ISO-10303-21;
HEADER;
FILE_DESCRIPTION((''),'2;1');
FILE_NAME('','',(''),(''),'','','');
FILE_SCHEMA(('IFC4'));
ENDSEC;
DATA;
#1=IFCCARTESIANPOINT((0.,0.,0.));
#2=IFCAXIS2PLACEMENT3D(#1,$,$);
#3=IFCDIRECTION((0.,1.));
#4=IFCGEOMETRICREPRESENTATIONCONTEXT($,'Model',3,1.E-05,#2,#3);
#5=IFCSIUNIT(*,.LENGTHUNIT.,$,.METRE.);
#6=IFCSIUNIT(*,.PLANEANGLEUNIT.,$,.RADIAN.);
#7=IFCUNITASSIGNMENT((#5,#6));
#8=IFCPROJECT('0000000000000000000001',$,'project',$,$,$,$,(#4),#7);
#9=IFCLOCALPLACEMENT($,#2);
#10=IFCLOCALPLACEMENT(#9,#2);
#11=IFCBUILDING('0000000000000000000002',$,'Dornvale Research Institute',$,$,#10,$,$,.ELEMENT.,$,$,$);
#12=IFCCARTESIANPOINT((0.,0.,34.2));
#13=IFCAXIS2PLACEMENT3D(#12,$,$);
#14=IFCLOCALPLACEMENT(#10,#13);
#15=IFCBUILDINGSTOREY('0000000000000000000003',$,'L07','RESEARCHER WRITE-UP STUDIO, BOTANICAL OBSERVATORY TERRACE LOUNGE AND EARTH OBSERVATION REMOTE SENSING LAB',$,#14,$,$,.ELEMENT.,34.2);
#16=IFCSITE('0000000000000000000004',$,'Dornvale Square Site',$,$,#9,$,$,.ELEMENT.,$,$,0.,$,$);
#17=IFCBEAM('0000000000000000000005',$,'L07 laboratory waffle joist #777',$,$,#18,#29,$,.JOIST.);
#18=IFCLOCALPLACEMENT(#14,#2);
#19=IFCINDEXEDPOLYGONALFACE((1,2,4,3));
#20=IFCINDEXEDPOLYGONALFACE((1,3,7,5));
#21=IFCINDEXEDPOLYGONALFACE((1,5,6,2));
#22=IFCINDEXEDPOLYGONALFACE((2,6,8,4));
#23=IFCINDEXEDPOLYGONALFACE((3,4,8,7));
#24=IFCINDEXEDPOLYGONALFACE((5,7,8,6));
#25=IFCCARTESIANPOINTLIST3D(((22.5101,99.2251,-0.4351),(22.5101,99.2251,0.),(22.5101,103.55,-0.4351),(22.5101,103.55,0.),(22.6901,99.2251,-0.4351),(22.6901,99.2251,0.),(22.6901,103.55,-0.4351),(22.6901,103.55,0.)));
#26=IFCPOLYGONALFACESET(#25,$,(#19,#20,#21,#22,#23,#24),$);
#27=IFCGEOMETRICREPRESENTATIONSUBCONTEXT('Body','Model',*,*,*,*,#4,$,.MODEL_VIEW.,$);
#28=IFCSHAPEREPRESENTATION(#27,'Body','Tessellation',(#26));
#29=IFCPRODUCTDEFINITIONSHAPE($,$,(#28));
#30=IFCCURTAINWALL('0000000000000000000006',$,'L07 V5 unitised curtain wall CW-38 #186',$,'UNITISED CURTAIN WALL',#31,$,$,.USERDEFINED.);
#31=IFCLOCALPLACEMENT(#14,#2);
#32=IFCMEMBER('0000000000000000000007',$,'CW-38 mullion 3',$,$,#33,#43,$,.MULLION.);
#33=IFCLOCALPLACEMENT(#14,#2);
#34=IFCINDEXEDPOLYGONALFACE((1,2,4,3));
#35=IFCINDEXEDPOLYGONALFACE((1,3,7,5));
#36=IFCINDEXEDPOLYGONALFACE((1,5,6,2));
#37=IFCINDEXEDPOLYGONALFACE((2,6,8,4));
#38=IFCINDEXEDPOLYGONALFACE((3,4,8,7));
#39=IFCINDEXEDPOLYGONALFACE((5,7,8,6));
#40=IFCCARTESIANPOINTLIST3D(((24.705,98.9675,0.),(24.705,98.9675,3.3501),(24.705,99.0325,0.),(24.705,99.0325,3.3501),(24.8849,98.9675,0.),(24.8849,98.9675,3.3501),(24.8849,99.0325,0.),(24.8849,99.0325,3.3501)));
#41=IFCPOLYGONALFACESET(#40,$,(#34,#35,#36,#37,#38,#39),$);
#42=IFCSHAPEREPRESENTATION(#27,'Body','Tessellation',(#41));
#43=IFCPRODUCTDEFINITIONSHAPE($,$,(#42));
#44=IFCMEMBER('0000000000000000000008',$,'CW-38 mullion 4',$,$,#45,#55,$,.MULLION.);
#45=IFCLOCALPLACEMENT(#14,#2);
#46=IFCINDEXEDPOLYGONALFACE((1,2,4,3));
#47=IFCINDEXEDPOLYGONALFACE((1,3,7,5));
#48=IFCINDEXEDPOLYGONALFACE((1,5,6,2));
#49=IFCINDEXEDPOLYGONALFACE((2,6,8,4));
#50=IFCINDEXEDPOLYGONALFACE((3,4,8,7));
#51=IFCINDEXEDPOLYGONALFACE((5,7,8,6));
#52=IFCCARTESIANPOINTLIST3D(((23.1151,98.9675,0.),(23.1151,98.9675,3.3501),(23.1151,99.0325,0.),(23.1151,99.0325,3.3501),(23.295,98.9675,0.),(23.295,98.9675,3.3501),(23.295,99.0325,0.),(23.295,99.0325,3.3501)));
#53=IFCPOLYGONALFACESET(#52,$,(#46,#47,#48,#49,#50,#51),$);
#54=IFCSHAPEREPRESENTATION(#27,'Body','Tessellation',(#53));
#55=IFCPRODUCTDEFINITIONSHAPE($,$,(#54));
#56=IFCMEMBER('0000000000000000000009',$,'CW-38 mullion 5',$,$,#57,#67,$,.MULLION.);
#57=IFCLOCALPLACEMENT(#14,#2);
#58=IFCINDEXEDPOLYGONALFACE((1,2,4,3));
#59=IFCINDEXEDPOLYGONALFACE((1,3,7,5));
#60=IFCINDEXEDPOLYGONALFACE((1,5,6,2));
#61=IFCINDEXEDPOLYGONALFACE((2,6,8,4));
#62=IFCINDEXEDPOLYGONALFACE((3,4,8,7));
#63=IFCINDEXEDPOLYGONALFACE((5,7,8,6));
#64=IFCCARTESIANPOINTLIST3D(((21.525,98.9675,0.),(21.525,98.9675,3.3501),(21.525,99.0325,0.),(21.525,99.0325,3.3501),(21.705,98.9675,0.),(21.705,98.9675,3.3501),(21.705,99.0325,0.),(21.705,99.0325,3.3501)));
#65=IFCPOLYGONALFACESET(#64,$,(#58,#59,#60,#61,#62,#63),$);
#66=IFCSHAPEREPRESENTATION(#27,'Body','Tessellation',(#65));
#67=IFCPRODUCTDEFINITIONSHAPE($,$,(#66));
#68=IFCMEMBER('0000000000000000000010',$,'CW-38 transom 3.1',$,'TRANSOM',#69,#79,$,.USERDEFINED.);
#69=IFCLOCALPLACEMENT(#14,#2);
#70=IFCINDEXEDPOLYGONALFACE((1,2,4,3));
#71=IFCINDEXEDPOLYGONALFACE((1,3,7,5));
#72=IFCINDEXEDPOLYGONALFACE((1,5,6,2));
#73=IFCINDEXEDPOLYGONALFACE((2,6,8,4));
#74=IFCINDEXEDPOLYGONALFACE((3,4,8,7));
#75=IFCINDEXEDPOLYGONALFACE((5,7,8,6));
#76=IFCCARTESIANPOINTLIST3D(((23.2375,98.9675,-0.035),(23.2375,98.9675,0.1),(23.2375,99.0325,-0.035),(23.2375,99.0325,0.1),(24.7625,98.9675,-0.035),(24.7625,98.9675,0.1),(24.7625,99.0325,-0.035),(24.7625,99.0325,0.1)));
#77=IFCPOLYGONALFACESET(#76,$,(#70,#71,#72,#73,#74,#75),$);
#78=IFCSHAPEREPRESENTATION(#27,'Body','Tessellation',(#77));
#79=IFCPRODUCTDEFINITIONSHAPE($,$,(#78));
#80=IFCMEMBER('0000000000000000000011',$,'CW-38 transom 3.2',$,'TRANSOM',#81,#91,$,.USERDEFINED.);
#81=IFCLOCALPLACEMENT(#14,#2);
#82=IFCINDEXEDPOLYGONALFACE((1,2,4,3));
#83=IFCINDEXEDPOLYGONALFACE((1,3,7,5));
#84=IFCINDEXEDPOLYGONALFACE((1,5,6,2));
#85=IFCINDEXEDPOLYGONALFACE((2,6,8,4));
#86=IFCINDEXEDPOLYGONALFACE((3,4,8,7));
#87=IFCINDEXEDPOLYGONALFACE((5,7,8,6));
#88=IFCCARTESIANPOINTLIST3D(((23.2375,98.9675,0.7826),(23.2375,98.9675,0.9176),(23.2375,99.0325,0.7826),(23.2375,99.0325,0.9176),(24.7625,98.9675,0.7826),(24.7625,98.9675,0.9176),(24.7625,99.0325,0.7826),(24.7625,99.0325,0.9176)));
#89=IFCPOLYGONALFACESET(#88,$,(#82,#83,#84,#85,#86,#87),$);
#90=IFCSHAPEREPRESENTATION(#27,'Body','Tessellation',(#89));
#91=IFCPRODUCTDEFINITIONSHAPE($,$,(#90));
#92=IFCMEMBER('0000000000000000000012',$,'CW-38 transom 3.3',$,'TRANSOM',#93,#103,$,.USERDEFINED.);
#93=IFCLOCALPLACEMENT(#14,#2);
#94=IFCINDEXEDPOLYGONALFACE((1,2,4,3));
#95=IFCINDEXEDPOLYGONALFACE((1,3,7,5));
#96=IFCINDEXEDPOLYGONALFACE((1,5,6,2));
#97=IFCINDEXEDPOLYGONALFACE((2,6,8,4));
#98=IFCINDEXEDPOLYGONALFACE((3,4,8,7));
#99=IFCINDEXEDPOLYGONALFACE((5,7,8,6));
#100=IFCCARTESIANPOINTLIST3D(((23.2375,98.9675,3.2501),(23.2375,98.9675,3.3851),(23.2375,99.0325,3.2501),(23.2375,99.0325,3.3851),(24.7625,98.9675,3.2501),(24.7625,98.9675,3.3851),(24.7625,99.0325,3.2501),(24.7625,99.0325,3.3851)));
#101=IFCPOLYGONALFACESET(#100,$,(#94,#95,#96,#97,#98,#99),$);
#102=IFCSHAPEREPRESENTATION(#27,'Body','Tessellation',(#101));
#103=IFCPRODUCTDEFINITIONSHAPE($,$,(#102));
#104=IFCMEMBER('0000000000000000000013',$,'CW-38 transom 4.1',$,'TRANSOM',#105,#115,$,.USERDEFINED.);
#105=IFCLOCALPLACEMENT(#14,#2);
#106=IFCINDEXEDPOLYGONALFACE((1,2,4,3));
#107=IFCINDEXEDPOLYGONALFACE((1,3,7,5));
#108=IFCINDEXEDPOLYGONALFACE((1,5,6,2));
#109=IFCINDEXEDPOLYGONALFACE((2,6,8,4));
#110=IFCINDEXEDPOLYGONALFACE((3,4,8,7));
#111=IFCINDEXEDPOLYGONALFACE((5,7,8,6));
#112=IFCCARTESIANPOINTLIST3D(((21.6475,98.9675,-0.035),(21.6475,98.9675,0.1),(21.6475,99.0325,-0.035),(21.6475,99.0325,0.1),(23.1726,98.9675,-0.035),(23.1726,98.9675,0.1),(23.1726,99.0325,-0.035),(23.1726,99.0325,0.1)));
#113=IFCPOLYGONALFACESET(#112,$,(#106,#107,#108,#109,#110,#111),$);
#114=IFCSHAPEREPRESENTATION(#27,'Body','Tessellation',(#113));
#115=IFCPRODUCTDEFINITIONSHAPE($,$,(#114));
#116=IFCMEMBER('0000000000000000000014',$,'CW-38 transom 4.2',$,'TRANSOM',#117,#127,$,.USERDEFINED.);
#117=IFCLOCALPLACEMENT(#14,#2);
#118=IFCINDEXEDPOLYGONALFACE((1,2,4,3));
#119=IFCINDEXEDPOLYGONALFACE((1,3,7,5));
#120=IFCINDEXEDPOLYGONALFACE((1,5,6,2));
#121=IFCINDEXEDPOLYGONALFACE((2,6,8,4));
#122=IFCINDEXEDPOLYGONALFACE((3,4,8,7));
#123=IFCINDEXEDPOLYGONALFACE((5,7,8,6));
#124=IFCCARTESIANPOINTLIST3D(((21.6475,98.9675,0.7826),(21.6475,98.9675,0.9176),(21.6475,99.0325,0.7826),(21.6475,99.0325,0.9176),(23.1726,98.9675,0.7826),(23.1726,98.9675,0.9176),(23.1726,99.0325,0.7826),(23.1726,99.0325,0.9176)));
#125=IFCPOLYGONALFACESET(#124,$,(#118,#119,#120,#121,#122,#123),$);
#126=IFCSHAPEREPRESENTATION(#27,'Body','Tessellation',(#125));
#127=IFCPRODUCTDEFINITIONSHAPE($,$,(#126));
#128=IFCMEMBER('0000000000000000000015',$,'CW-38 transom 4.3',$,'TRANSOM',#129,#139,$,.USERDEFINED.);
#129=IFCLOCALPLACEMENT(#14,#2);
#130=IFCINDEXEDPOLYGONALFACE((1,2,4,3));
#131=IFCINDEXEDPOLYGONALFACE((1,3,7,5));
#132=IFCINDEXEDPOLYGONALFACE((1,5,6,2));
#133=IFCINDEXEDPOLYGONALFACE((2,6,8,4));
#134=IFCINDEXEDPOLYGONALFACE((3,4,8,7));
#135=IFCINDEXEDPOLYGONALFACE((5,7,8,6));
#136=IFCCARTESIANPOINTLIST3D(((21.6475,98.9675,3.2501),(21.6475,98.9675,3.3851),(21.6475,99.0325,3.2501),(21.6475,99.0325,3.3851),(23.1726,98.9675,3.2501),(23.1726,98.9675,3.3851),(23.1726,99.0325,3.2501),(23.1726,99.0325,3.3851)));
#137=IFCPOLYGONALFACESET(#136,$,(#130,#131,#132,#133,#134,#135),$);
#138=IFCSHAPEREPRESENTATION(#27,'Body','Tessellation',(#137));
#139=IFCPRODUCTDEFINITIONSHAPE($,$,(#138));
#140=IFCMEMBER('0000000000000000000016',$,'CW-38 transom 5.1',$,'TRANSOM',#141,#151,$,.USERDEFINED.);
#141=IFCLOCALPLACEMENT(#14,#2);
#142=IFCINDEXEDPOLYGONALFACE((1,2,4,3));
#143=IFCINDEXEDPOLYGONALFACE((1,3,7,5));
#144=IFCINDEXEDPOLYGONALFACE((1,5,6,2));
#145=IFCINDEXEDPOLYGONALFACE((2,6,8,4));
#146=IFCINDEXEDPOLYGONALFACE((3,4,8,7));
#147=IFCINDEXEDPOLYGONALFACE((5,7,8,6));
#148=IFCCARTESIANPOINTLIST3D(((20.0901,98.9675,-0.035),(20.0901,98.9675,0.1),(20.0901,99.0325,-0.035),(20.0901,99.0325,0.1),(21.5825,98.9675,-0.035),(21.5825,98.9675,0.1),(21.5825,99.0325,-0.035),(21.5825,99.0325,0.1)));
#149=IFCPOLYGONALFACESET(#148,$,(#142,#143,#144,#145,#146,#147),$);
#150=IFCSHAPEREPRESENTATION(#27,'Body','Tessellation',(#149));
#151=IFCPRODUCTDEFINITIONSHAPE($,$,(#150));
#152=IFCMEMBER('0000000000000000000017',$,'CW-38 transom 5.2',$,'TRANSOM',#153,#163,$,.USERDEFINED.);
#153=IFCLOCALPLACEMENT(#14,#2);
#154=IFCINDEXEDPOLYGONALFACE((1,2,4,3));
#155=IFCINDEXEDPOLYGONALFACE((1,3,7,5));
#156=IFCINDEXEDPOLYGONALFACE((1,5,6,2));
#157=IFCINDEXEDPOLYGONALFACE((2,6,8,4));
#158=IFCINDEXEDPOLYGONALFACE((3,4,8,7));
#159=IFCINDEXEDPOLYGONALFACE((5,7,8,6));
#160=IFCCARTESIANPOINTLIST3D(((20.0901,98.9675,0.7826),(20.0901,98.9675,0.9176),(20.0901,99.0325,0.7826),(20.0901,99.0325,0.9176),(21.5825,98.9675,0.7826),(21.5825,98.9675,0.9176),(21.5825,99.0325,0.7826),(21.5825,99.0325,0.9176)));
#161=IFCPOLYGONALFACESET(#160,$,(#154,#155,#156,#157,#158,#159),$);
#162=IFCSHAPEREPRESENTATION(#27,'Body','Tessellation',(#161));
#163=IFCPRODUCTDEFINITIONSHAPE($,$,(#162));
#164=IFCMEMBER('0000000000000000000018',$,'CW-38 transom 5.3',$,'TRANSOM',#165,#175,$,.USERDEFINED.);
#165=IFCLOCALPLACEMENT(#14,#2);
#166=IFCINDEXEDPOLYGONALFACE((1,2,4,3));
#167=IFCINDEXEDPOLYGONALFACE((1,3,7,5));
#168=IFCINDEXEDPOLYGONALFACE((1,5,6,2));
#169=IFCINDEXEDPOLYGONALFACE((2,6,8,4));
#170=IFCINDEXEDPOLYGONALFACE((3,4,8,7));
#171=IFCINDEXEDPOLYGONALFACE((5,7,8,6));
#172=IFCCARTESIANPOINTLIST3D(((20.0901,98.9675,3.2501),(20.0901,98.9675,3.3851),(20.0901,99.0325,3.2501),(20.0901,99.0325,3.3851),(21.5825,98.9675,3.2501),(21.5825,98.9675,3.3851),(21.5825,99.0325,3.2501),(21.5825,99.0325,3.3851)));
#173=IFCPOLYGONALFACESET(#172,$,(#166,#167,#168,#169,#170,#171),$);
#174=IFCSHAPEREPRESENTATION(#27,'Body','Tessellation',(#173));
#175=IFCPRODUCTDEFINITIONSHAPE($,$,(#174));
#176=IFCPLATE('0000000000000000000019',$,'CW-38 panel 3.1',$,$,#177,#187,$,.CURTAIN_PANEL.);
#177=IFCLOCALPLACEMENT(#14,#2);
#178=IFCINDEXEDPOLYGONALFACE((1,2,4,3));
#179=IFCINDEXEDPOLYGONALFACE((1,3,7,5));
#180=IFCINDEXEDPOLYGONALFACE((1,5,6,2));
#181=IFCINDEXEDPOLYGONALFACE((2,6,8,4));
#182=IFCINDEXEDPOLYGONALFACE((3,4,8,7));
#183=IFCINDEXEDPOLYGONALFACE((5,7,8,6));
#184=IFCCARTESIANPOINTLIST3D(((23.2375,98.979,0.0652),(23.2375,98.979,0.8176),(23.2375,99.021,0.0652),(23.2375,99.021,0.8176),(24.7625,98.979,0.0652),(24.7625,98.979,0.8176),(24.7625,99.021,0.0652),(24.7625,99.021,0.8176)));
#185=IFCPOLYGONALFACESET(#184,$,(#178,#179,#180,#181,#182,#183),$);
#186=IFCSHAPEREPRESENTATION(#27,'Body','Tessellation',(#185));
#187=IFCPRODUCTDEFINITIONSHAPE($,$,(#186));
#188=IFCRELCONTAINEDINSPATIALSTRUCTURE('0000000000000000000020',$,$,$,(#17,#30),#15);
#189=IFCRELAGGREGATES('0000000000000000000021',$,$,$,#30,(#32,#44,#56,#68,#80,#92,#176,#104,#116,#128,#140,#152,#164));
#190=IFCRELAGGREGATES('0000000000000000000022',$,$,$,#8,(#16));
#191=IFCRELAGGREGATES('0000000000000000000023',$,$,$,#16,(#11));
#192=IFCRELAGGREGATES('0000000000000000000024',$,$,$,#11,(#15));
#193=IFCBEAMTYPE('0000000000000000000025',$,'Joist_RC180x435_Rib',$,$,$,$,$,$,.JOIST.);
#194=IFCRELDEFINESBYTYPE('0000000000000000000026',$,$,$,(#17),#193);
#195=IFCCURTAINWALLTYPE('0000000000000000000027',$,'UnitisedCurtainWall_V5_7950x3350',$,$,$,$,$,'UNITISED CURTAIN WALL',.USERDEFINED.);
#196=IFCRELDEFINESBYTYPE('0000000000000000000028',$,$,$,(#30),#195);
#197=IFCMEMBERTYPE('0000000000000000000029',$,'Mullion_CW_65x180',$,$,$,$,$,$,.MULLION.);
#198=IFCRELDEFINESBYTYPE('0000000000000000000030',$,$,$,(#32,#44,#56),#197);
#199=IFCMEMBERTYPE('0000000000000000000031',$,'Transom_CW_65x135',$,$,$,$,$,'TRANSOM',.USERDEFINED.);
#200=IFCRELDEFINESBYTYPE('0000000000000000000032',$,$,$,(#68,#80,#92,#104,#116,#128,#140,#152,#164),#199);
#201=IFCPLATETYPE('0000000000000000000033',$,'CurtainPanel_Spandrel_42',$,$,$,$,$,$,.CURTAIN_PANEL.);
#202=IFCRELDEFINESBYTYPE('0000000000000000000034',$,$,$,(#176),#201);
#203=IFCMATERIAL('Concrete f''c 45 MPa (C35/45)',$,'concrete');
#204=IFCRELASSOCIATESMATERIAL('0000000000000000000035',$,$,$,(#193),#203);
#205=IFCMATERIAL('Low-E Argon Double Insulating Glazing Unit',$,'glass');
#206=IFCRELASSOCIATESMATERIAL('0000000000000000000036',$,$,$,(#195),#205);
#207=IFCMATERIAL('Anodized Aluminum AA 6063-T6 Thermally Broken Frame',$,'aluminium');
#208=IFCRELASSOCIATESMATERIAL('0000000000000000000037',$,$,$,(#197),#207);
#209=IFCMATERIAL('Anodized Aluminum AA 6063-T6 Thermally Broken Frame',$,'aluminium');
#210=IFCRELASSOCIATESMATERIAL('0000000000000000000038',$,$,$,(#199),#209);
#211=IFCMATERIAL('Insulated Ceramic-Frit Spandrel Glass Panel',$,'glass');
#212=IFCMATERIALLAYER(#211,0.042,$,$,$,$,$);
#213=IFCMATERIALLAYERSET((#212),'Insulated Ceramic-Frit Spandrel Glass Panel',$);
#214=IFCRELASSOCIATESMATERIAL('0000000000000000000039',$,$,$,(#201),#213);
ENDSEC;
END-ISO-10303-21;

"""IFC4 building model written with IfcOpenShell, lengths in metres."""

from ifc_helpers import new_model, si_unit, direction, frame, origin, origin_2d, place, context, subcontext, project, spatial, rectangle, extrude, material, layer, layer_set, material_profile, profile_set, type_object, element, aggregate, save


model = new_model("IFC4")

# Units and contexts
model_context = context("Model", 3, precision=1e-05, world=origin(), true_north=direction((0.0, 1.0)))
body_context = subcontext(model_context, "Body", "Model", "MODEL_VIEW")
ifc_project = project(units=[si_unit("LENGTHUNIT", "METRE"), si_unit("PLANEANGLEUNIT", "RADIAN")], contexts=[model_context])

# Site, building, storey
site_placement = place(None, origin())
site = spatial("IfcSite", under=ifc_project, at=site_placement, Name="Dornvale Square Site", CompositionType="ELEMENT", RefElevation=0.0)
building_placement = place(site_placement, origin())
building = spatial("IfcBuilding", under=site, at=building_placement, Name="Dornvale Research Institute", CompositionType="ELEMENT")
storey_placement = place(building_placement, frame((0.0, 0.0, 34.2)))
storey = spatial("IfcBuildingStorey", under=building, at=storey_placement, Name="L07", Description="RESEARCHER WRITE-UP STUDIO, BOTANICAL OBSERVATORY TERRACE LOUNGE AND EARTH OBSERVATION REMOTE SENSING LAB", CompositionType="ELEMENT", Elevation=34.2)

# Beam
ifc_material_1 = material(Name="Concrete f'c 45 MPa (C35/45)", Category="concrete")
ifc_material_profile_1 = material_profile(ifc_material_1, rectangle(XDim=0.1799, YDim=0.4351, at=origin_2d()), Name="RC 180x435")
ifc_profile_set_1 = profile_set([ifc_material_profile_1], Name="Concrete f'c 45 MPa (C35/45)")
beam_type = type_object("IfcBeamType", Name="Joist_RC180x435_Rib", PredefinedType="JOIST", material=ifc_profile_set_1)
beam_placement = place(storey_placement, frame((22.6001, 99.2251, -0.2175), z_axis=(0.0, 1.0, 0.0), x_axis=(-1.0, 0.0, 0.0)))
element("IfcBeam", 1, at=beam_placement, inside=storey, type_object=beam_type, Name="L07 laboratory waffle joist #777", PredefinedType="JOIST", context=body_context, shape_type="SweptSolid", body=[
    extrude(rectangle(XDim=0.1799, YDim=0.4351, at=origin_2d()), origin(), (0.0, 0.0, 1.0), 4.325),
])

# Curtain wall, members, plate
ifc_material_2 = material(Name="Low-E Argon Double Insulating Glazing Unit", Category="glass")
curtain_wall_type = type_object("IfcCurtainWallType", Name="UnitisedCurtainWall_V5_7950x3350", ElementType="UNITISED CURTAIN WALL", PredefinedType="USERDEFINED", material=ifc_material_2)
curtain_wall_placement = place(storey_placement, origin())
curtain_wall = element("IfcCurtainWall", 2, at=curtain_wall_placement, inside=storey, type_object=curtain_wall_type, Name="L07 V5 unitised curtain wall CW-38 #186", ObjectType="UNITISED CURTAIN WALL", PredefinedType="USERDEFINED")
ifc_material_3 = material(Name="Anodized Aluminum AA 6063-T6 Thermally Broken Frame", Category="aluminium")
ifc_material_profile_2 = material_profile(ifc_material_3, rectangle(XDim=0.0649, YDim=0.1799, at=origin_2d()), Name="ALU MULLION 65x180")
ifc_profile_set_2 = profile_set([ifc_material_profile_2], Name="Anodized Aluminum AA 6063-T6 Thermally Broken Frame")
member_type_1 = type_object("IfcMemberType", Name="Mullion_CW_65x180", PredefinedType="MULLION", material=ifc_profile_set_2)
member_1_placement = place(storey_placement, frame((24.7949, 99.0, 0.0), z_axis=(0.0, 0.0, 1.0), x_axis=(0.0, -1.0, 0.0)))
member_1 = element("IfcMember", 3, at=member_1_placement, type_object=member_type_1, Name="CW-38 mullion 3", PredefinedType="MULLION", context=body_context, shape_type="SweptSolid", body=[
    extrude(rectangle(XDim=0.0649, YDim=0.1799, at=origin_2d()), origin(), (0.0, 0.0, 1.0), 3.3501),
])
member_2_placement = place(storey_placement, frame((23.2051, 99.0, 0.0), z_axis=(0.0, 0.0, 1.0), x_axis=(0.0, -1.0, 0.0)))
member_2 = element("IfcMember", 4, at=member_2_placement, type_object=member_type_1, Name="CW-38 mullion 4", PredefinedType="MULLION", context=body_context, shape_type="SweptSolid", body=[
    extrude(rectangle(XDim=0.0649, YDim=0.1799, at=origin_2d()), origin(), (0.0, 0.0, 1.0), 3.3501),
])
member_3_placement = place(storey_placement, frame((21.615, 99.0, 0.0), z_axis=(0.0, 0.0, 1.0), x_axis=(0.0, -1.0, 0.0)))
member_3 = element("IfcMember", 5, at=member_3_placement, type_object=member_type_1, Name="CW-38 mullion 5", PredefinedType="MULLION", context=body_context, shape_type="SweptSolid", body=[
    extrude(rectangle(XDim=0.0649, YDim=0.1799, at=origin_2d()), origin(), (0.0, 0.0, 1.0), 3.3501),
])
ifc_material_4 = material(Name="Anodized Aluminum AA 6063-T6 Thermally Broken Frame", Category="aluminium")
ifc_material_profile_3 = material_profile(ifc_material_4, rectangle(XDim=0.0649, YDim=0.135, at=origin_2d()), Name="ALU TRANSOM 65x135")
ifc_profile_set_3 = profile_set([ifc_material_profile_3], Name="Anodized Aluminum AA 6063-T6 Thermally Broken Frame")
member_type_2 = type_object("IfcMemberType", Name="Transom_CW_65x135", ElementType="TRANSOM", PredefinedType="USERDEFINED", material=ifc_profile_set_3)
member_4_placement = place(storey_placement, frame((24.7625, 99.0, 0.0325), z_axis=(-1.0, 0.0, 0.0), x_axis=(0.0, -1.0, 0.0)))
member_4 = element("IfcMember", 6, at=member_4_placement, type_object=member_type_2, Name="CW-38 transom 3.1", ObjectType="TRANSOM", PredefinedType="USERDEFINED", context=body_context, shape_type="SweptSolid", body=[
    extrude(rectangle(XDim=0.0649, YDim=0.135, at=origin_2d()), origin(), (0.0, 0.0, 1.0), 1.5249),
])
member_5_placement = place(storey_placement, frame((24.7625, 99.0, 0.8501), z_axis=(-1.0, 0.0, 0.0), x_axis=(0.0, -1.0, 0.0)))
member_5 = element("IfcMember", 7, at=member_5_placement, type_object=member_type_2, Name="CW-38 transom 3.2", ObjectType="TRANSOM", PredefinedType="USERDEFINED", context=body_context, shape_type="SweptSolid", body=[
    extrude(rectangle(XDim=0.0649, YDim=0.135, at=origin_2d()), origin(), (0.0, 0.0, 1.0), 1.5249),
])
member_6_placement = place(storey_placement, frame((24.7625, 99.0, 3.3176), z_axis=(-1.0, 0.0, 0.0), x_axis=(0.0, -1.0, 0.0)))
member_6 = element("IfcMember", 8, at=member_6_placement, type_object=member_type_2, Name="CW-38 transom 3.3", ObjectType="TRANSOM", PredefinedType="USERDEFINED", context=body_context, shape_type="SweptSolid", body=[
    extrude(rectangle(XDim=0.0649, YDim=0.135, at=origin_2d()), origin(), (0.0, 0.0, 1.0), 1.5249),
])
member_7_placement = place(storey_placement, frame((23.1726, 99.0, 0.0325), z_axis=(-1.0, 0.0, 0.0), x_axis=(0.0, -1.0, 0.0)))
member_7 = element("IfcMember", 9, at=member_7_placement, type_object=member_type_2, Name="CW-38 transom 4.1", ObjectType="TRANSOM", PredefinedType="USERDEFINED", context=body_context, shape_type="SweptSolid", body=[
    extrude(rectangle(XDim=0.0649, YDim=0.135, at=origin_2d()), origin(), (0.0, 0.0, 1.0), 1.5251),
])
member_8_placement = place(storey_placement, frame((23.1726, 99.0, 0.8501), z_axis=(-1.0, 0.0, 0.0), x_axis=(0.0, -1.0, 0.0)))
member_8 = element("IfcMember", 10, at=member_8_placement, type_object=member_type_2, Name="CW-38 transom 4.2", ObjectType="TRANSOM", PredefinedType="USERDEFINED", context=body_context, shape_type="SweptSolid", body=[
    extrude(rectangle(XDim=0.0649, YDim=0.135, at=origin_2d()), origin(), (0.0, 0.0, 1.0), 1.5251),
])
member_9_placement = place(storey_placement, frame((23.1726, 99.0, 3.3176), z_axis=(-1.0, 0.0, 0.0), x_axis=(0.0, -1.0, 0.0)))
member_9 = element("IfcMember", 11, at=member_9_placement, type_object=member_type_2, Name="CW-38 transom 4.3", ObjectType="TRANSOM", PredefinedType="USERDEFINED", context=body_context, shape_type="SweptSolid", body=[
    extrude(rectangle(XDim=0.0649, YDim=0.135, at=origin_2d()), origin(), (0.0, 0.0, 1.0), 1.5251),
])
member_10_placement = place(storey_placement, frame((21.5825, 99.0, 0.0325), z_axis=(-1.0, 0.0, 0.0), x_axis=(0.0, -1.0, 0.0)))
member_10 = element("IfcMember", 12, at=member_10_placement, type_object=member_type_2, Name="CW-38 transom 5.1", ObjectType="TRANSOM", PredefinedType="USERDEFINED", context=body_context, shape_type="SweptSolid", body=[
    extrude(rectangle(XDim=0.0649, YDim=0.135, at=origin_2d()), origin(), (0.0, 0.0, 1.0), 1.4924),
])
member_11_placement = place(storey_placement, frame((21.5825, 99.0, 0.8501), z_axis=(-1.0, 0.0, 0.0), x_axis=(0.0, -1.0, 0.0)))
member_11 = element("IfcMember", 13, at=member_11_placement, type_object=member_type_2, Name="CW-38 transom 5.2", ObjectType="TRANSOM", PredefinedType="USERDEFINED", context=body_context, shape_type="SweptSolid", body=[
    extrude(rectangle(XDim=0.0649, YDim=0.135, at=origin_2d()), origin(), (0.0, 0.0, 1.0), 1.4924),
])
member_12_placement = place(storey_placement, frame((21.5825, 99.0, 3.3176), z_axis=(-1.0, 0.0, 0.0), x_axis=(0.0, -1.0, 0.0)))
member_12 = element("IfcMember", 14, at=member_12_placement, type_object=member_type_2, Name="CW-38 transom 5.3", ObjectType="TRANSOM", PredefinedType="USERDEFINED", context=body_context, shape_type="SweptSolid", body=[
    extrude(rectangle(XDim=0.0649, YDim=0.135, at=origin_2d()), origin(), (0.0, 0.0, 1.0), 1.4924),
])
ifc_material_5 = material(Name="Insulated Ceramic-Frit Spandrel Glass Panel", Category="glass")
ifc_layer_1 = layer(ifc_material_5, 0.042)
ifc_layer_set_1 = layer_set([ifc_layer_1], Name="Insulated Ceramic-Frit Spandrel Glass Panel")
plate_type_1 = type_object("IfcPlateType", Name="CurtainPanel_Spandrel_42", PredefinedType="CURTAIN_PANEL", material=ifc_layer_set_1)
plate_1_placement = place(storey_placement, frame((24.0, 99.0, 0.0652), z_axis=(0.0, 0.0, 1.0), x_axis=(-1.0, 0.0, 0.0)))
plate_1 = element("IfcPlate", 15, at=plate_1_placement, type_object=plate_type_1, Name="CW-38 panel 3.1", PredefinedType="CURTAIN_PANEL", context=body_context, shape_type="SweptSolid", body=[
    extrude(rectangle(XDim=1.5249, YDim=0.042, at=origin_2d()), origin(), (0.0, 0.0, 1.0), 0.7524),
])
aggregate(curtain_wall, [member_1, member_2, member_3, member_4, member_5, member_6, plate_1, member_7, member_8, member_9, member_10, member_11, member_12])

save(model, "model.ifc")
